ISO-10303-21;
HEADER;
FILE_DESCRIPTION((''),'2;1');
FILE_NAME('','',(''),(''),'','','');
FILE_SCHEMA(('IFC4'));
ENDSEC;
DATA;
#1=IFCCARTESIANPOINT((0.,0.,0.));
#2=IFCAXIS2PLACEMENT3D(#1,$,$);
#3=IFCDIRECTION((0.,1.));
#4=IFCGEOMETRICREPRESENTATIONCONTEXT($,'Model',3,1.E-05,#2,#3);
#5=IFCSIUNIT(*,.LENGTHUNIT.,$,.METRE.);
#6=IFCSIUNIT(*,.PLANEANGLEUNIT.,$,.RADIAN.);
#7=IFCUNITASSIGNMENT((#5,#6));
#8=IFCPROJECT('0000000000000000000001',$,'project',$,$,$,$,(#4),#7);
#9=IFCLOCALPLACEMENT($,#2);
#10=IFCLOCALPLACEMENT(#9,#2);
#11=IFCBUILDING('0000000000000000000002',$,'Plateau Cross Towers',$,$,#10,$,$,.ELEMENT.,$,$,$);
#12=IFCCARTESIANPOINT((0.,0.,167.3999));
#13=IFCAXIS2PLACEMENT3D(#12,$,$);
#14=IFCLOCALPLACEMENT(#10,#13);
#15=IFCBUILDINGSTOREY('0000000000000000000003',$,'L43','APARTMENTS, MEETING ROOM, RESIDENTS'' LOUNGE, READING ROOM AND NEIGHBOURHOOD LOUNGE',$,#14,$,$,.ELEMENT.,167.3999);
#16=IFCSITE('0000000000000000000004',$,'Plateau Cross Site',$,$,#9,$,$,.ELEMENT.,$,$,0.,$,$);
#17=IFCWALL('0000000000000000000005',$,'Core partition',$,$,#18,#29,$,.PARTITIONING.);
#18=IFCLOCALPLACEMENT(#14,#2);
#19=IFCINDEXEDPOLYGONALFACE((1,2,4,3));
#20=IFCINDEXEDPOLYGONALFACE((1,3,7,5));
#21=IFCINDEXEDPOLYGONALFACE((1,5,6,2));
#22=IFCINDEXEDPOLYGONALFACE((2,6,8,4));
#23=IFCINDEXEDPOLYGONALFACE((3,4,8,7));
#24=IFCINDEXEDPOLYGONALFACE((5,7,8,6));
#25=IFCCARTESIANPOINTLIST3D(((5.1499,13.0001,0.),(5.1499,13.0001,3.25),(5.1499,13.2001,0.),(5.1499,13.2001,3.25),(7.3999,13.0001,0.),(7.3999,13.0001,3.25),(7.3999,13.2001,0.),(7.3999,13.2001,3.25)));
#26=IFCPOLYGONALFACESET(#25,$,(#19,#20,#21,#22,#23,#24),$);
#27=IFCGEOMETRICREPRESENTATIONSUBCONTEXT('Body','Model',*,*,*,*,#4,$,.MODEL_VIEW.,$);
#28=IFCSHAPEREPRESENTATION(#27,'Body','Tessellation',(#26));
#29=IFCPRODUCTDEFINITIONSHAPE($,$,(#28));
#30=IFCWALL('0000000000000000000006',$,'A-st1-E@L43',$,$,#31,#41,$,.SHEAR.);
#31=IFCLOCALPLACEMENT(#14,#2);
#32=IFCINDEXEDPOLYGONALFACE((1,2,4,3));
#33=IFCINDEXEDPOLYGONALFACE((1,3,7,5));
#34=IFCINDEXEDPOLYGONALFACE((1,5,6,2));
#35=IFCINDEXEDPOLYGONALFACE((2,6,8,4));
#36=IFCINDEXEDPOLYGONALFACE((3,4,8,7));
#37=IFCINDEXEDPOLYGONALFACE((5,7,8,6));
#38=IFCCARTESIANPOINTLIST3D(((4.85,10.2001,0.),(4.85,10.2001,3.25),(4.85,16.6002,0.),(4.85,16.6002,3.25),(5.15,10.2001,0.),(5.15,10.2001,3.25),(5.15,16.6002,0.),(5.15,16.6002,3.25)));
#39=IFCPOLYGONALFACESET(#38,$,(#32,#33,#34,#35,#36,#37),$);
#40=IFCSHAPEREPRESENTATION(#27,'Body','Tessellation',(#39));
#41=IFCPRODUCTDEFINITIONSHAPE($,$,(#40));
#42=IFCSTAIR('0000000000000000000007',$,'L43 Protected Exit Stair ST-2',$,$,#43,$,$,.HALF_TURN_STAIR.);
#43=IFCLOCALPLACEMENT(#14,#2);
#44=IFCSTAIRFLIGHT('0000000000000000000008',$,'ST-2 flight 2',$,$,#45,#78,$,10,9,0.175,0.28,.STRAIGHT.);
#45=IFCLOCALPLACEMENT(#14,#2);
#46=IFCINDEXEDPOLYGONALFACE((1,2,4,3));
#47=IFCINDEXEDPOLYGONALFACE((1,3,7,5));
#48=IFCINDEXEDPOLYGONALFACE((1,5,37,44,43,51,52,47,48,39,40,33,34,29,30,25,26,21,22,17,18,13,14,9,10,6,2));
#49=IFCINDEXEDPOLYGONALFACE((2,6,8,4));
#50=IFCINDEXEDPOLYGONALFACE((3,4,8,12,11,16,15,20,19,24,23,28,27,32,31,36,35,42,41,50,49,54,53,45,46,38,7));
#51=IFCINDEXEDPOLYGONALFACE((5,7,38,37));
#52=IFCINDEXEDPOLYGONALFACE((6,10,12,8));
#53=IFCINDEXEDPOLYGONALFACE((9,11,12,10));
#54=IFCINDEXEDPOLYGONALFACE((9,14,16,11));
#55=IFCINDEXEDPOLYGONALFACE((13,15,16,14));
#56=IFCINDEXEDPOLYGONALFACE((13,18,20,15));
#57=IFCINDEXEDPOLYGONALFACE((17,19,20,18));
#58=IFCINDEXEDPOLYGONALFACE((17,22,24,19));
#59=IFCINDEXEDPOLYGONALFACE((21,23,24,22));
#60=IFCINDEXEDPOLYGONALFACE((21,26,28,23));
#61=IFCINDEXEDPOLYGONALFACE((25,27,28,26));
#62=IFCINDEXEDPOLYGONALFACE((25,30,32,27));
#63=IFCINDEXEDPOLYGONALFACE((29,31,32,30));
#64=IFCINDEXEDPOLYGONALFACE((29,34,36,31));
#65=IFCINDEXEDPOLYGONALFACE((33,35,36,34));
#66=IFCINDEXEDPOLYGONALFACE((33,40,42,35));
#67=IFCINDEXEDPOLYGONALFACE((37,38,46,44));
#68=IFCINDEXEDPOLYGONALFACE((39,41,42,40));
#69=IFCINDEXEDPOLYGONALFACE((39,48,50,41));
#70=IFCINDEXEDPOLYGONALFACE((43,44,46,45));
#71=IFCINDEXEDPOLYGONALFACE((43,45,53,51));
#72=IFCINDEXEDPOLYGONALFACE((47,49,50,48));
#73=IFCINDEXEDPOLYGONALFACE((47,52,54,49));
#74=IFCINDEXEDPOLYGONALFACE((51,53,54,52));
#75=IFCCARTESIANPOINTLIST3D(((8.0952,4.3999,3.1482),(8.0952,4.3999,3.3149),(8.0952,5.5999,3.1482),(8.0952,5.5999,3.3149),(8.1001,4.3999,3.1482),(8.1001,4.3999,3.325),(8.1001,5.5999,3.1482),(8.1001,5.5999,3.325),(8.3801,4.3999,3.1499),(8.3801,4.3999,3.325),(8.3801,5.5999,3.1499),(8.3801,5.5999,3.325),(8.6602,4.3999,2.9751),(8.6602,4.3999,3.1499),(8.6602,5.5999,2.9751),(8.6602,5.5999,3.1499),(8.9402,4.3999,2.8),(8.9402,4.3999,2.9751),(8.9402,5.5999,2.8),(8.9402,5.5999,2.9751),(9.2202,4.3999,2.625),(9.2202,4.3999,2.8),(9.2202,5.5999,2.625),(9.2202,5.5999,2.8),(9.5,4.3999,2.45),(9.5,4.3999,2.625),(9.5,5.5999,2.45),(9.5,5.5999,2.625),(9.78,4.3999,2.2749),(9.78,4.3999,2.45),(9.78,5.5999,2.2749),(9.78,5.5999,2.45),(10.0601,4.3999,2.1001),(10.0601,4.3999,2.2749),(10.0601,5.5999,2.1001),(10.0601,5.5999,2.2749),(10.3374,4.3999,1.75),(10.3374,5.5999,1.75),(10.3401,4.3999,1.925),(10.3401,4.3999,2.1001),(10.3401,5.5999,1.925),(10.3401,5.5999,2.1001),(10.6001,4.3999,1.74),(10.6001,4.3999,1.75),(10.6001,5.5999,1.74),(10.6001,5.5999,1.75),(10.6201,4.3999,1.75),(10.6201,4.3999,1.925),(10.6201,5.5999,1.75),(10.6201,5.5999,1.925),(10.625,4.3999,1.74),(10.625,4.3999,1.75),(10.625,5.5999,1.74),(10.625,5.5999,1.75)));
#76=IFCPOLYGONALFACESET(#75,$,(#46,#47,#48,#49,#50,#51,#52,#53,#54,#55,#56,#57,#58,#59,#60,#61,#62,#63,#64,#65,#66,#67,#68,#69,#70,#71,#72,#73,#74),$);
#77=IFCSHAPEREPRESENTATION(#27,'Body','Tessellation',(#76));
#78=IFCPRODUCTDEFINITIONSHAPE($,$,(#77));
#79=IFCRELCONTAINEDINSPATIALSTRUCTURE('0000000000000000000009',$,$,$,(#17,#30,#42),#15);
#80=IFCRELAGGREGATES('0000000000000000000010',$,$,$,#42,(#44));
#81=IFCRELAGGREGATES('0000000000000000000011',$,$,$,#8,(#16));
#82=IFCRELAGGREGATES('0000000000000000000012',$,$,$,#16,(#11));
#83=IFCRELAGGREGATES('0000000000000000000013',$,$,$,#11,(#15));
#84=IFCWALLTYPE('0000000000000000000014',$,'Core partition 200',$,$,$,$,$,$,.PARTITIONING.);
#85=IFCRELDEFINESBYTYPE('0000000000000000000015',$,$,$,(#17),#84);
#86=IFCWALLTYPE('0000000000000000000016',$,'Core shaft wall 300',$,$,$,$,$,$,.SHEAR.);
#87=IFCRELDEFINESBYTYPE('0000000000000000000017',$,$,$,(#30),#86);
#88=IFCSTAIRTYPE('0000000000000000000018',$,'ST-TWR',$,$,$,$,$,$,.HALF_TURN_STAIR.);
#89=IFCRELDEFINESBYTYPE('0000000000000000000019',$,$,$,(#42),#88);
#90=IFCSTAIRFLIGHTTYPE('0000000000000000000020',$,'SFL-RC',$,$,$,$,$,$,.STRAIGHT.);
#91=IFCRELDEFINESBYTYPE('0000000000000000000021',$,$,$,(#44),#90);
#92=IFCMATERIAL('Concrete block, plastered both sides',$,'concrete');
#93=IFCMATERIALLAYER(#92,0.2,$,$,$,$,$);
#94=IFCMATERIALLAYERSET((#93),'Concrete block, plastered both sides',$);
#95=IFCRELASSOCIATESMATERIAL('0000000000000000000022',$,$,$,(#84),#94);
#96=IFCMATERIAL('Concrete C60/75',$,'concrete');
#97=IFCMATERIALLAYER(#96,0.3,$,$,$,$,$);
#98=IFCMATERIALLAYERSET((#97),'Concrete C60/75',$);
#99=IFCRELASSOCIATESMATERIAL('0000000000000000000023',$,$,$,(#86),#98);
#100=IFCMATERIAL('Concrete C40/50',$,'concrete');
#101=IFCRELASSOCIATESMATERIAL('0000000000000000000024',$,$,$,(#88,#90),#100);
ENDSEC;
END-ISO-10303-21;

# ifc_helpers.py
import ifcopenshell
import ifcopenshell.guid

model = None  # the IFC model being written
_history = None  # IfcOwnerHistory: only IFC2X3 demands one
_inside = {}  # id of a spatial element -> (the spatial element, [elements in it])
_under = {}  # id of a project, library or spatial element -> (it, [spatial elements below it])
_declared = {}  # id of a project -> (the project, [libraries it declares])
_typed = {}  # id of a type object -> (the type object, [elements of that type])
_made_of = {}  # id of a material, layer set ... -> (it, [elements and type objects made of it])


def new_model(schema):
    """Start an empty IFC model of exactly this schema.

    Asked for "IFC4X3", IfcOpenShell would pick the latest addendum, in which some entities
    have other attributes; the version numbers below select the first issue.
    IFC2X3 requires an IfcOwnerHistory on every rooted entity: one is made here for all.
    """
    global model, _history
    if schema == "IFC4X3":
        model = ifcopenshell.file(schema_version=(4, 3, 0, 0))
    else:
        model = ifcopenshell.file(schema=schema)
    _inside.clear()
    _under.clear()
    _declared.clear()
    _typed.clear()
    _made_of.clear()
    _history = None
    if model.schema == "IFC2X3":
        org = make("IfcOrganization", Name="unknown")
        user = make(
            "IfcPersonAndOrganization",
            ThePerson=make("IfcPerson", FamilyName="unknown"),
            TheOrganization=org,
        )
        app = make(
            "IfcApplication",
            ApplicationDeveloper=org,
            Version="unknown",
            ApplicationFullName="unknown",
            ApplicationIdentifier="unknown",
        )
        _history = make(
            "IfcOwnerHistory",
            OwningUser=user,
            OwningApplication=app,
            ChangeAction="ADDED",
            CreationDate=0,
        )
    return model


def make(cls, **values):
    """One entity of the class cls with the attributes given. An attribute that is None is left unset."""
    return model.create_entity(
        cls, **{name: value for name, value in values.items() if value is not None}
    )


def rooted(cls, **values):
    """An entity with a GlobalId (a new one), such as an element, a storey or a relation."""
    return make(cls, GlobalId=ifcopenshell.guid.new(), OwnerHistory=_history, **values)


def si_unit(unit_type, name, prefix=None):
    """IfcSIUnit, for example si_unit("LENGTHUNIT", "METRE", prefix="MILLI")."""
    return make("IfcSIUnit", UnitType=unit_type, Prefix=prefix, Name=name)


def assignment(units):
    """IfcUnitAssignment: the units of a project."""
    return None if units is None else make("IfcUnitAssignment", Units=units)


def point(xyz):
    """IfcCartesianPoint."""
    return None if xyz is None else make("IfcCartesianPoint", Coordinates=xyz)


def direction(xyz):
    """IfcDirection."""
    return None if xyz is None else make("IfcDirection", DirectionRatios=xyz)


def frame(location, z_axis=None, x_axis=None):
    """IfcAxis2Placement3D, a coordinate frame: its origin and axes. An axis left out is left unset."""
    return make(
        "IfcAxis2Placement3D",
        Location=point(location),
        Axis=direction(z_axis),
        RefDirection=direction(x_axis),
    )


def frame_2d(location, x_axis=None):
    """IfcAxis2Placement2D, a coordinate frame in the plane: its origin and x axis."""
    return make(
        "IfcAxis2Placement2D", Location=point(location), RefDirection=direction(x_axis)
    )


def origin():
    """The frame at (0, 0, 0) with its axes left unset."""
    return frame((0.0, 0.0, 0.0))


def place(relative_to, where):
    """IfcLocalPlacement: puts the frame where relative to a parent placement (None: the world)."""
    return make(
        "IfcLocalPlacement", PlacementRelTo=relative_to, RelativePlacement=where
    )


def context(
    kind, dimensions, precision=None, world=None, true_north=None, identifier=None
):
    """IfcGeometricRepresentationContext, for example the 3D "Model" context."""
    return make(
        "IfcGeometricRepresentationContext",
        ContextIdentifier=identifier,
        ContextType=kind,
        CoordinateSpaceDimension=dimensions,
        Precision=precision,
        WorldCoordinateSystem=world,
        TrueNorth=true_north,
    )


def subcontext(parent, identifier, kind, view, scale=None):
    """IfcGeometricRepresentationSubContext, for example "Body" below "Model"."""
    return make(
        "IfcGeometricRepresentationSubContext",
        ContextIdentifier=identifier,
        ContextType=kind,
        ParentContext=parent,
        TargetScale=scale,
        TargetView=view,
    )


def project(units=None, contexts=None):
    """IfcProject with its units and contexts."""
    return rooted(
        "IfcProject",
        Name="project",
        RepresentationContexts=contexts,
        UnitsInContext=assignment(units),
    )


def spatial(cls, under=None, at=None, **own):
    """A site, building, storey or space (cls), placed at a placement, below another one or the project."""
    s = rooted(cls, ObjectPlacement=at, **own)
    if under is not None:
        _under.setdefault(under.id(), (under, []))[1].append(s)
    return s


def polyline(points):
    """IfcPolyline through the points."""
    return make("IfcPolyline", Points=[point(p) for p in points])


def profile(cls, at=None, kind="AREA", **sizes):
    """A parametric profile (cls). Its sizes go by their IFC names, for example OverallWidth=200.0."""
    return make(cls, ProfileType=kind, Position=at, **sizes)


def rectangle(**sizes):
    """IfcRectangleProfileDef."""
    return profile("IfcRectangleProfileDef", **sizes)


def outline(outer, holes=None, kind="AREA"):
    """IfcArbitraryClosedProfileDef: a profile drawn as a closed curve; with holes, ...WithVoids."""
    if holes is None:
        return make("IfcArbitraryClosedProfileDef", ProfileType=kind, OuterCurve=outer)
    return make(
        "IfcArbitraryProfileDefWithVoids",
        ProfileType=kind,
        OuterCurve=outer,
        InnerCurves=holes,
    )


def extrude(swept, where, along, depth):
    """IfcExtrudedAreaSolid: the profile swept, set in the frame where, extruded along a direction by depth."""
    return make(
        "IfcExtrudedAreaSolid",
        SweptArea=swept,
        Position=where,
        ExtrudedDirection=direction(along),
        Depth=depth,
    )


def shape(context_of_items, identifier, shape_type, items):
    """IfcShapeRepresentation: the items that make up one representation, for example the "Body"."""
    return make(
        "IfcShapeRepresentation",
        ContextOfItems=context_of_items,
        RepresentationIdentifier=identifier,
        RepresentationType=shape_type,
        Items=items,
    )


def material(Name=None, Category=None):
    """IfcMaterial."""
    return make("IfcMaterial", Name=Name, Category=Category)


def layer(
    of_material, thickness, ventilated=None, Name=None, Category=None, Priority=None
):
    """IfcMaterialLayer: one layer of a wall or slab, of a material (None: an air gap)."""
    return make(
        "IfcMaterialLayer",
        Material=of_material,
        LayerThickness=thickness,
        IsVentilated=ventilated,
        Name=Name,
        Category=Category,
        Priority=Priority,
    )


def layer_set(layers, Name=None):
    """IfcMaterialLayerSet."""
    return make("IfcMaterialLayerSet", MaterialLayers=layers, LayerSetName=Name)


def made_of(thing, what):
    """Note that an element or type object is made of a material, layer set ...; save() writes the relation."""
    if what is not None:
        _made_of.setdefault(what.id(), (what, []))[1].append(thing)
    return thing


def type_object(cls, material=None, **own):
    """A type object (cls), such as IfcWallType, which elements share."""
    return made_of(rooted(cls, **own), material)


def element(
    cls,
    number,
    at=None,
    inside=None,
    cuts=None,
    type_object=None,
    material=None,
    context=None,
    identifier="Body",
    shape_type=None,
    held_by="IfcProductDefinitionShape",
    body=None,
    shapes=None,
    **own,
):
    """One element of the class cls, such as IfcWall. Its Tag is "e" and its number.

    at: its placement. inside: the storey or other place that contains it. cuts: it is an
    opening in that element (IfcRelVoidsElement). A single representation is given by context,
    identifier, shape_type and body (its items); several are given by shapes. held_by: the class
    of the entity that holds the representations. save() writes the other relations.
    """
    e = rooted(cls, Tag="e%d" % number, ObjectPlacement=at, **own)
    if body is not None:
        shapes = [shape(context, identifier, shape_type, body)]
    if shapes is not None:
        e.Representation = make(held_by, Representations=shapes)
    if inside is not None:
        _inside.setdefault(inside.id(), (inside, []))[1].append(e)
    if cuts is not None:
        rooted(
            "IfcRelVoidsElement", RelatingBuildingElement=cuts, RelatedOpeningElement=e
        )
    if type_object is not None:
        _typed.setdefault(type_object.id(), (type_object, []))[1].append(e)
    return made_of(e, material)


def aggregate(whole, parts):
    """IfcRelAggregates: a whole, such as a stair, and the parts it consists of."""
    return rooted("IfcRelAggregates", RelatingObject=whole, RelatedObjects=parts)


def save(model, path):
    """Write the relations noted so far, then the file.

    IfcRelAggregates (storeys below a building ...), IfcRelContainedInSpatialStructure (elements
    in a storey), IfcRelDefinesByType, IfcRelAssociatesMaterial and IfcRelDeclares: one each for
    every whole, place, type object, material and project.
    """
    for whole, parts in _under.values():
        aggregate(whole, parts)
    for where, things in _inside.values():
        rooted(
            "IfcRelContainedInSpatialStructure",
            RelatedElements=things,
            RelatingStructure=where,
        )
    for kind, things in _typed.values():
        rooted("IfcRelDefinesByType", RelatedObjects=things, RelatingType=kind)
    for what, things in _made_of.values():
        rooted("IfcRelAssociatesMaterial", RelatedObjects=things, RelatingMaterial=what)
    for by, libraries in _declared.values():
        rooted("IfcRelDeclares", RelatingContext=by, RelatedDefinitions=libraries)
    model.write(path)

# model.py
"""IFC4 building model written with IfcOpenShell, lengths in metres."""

from ifc_helpers import new_model, si_unit, direction, frame, frame_2d, origin, place, context, subcontext, project, spatial, polyline, rectangle, outline, extrude, material, layer, layer_set, type_object, element, aggregate, save


model = new_model("IFC4")

# Units and contexts
model_context = context("Model", 3, precision=1e-05, world=origin(), true_north=direction((0.0, 1.0)))
body_context = subcontext(model_context, "Body", "Model", "MODEL_VIEW")
ifc_project = project(units=[si_unit("LENGTHUNIT", "METRE"), si_unit("PLANEANGLEUNIT", "RADIAN")], contexts=[model_context])

# Site, building, storey
site_placement = place(None, origin())
site = spatial("IfcSite", under=ifc_project, at=site_placement, Name="Plateau Cross Site", CompositionType="ELEMENT", RefElevation=0.0)
building_placement = place(site_placement, origin())
building = spatial("IfcBuilding", under=site, at=building_placement, Name="Plateau Cross Towers", CompositionType="ELEMENT")
storey_placement = place(building_placement, frame((0.0, 0.0, 167.3999)))
storey = spatial("IfcBuildingStorey", under=building, at=storey_placement, Name="L43", Description="APARTMENTS, MEETING ROOM, RESIDENTS' LOUNGE, READING ROOM AND NEIGHBOURHOOD LOUNGE", CompositionType="ELEMENT", Elevation=167.3999)

# Shared definitions
ifc_material_1 = material(Name="Concrete block, plastered both sides", Category="concrete")
ifc_layer_1 = layer(ifc_material_1, 0.2)
ifc_layer_set_1 = layer_set([ifc_layer_1], Name="Concrete block, plastered both sides")
wall_type_1 = type_object("IfcWallType", Name="Core partition 200", PredefinedType="PARTITIONING", material=ifc_layer_set_1)

# Walls
wall_1_placement = place(storey_placement, frame((5.1499, 13.1001, 0.0), z_axis=(0.0, 0.0, 1.0), x_axis=(1.0, 0.0, 0.0)))
element("IfcWall", 1, at=wall_1_placement, inside=storey, type_object=wall_type_1, Name="Core partition", PredefinedType="PARTITIONING", context=body_context, shape_type="SweptSolid", body=[
    extrude(rectangle(XDim=2.25, YDim=0.2, at=frame_2d((1.125, 0.0))), origin(), (0.0, 0.0, 1.0), 3.25),
])
ifc_material_2 = material(Name="Concrete C60/75", Category="concrete")
ifc_layer_2 = layer(ifc_material_2, 0.3)
ifc_layer_set_2 = layer_set([ifc_layer_2], Name="Concrete C60/75")
wall_type_2 = type_object("IfcWallType", Name="Core shaft wall 300", PredefinedType="SHEAR", material=ifc_layer_set_2)
wall_2_placement = place(storey_placement, frame((5.0, 10.2, 0.0), z_axis=(0.0, 0.0, 1.0), x_axis=(0.0, 1.0, 0.0)))
element("IfcWall", 2, at=wall_2_placement, inside=storey, type_object=wall_type_2, Name="A-st1-E@L43", PredefinedType="SHEAR", context=body_context, shape_type="SweptSolid", body=[
    extrude(rectangle(XDim=6.4001, YDim=0.3, at=frame_2d((3.2002, 0.0))), origin(), (0.0, 0.0, 1.0), 3.25),
])

# Stair, stair flight
ifc_material_3 = material(Name="Concrete C40/50", Category="concrete")
stair_type = type_object("IfcStairType", Name="ST-TWR", PredefinedType="HALF_TURN_STAIR", material=ifc_material_3)
stair_placement = place(storey_placement, origin())
stair = element("IfcStair", 3, at=stair_placement, inside=storey, type_object=stair_type, Name="L43 Protected Exit Stair ST-2", PredefinedType="HALF_TURN_STAIR")
stair_flight_type = type_object("IfcStairFlightType", Name="SFL-RC", PredefinedType="STRAIGHT", material=ifc_material_3)
stair_flight_placement = place(storey_placement, frame((10.6201, 5.0, 1.75), z_axis=(0.0, 0.0, 1.0), x_axis=(-1.0, 0.0, 0.0)))
stair_flight = element("IfcStairFlight", 4, at=stair_flight_placement, type_object=stair_flight_type, Name="ST-2 flight 2", NumberOfRisers=10, NumberOfTreads=9, PredefinedType="STRAIGHT", RiserHeight=0.175, TreadLength=0.28, context=body_context, shape_type="SweptSolid", body=[
    extrude(outline(polyline([(-0.0049, -0.01), (-0.0049, 0.0), (0.0, 0.0), (0.0, 0.175), (0.28, 0.175), (0.28, 0.3501), (0.5601, 0.3501), (0.5601, 0.5249), (0.8401, 0.5249), (0.8401, 0.7), (1.1201, 0.7), (1.1201, 0.875), (1.3999, 0.875), (1.3999, 1.05), (1.6799, 1.05), (1.6799, 1.2251), (1.96, 1.2251), (1.96, 1.3999), (2.24, 1.3999), (2.24, 1.575), (2.52, 1.575), (2.5249, 1.5649), (2.5249, 1.3982), (2.52, 1.3982), (0.2827, 0.0), (0.02, 0.0), (0.02, -0.01), (-0.0049, -0.01)])), frame((0.0, 0.6001, 0.0), z_axis=(0.0, -1.0, 0.0), x_axis=(1.0, 0.0, 0.0)), (0.0, 0.0, 1.0), 1.2),
])
aggregate(stair, [stair_flight])

save(model, "model.ifc")
